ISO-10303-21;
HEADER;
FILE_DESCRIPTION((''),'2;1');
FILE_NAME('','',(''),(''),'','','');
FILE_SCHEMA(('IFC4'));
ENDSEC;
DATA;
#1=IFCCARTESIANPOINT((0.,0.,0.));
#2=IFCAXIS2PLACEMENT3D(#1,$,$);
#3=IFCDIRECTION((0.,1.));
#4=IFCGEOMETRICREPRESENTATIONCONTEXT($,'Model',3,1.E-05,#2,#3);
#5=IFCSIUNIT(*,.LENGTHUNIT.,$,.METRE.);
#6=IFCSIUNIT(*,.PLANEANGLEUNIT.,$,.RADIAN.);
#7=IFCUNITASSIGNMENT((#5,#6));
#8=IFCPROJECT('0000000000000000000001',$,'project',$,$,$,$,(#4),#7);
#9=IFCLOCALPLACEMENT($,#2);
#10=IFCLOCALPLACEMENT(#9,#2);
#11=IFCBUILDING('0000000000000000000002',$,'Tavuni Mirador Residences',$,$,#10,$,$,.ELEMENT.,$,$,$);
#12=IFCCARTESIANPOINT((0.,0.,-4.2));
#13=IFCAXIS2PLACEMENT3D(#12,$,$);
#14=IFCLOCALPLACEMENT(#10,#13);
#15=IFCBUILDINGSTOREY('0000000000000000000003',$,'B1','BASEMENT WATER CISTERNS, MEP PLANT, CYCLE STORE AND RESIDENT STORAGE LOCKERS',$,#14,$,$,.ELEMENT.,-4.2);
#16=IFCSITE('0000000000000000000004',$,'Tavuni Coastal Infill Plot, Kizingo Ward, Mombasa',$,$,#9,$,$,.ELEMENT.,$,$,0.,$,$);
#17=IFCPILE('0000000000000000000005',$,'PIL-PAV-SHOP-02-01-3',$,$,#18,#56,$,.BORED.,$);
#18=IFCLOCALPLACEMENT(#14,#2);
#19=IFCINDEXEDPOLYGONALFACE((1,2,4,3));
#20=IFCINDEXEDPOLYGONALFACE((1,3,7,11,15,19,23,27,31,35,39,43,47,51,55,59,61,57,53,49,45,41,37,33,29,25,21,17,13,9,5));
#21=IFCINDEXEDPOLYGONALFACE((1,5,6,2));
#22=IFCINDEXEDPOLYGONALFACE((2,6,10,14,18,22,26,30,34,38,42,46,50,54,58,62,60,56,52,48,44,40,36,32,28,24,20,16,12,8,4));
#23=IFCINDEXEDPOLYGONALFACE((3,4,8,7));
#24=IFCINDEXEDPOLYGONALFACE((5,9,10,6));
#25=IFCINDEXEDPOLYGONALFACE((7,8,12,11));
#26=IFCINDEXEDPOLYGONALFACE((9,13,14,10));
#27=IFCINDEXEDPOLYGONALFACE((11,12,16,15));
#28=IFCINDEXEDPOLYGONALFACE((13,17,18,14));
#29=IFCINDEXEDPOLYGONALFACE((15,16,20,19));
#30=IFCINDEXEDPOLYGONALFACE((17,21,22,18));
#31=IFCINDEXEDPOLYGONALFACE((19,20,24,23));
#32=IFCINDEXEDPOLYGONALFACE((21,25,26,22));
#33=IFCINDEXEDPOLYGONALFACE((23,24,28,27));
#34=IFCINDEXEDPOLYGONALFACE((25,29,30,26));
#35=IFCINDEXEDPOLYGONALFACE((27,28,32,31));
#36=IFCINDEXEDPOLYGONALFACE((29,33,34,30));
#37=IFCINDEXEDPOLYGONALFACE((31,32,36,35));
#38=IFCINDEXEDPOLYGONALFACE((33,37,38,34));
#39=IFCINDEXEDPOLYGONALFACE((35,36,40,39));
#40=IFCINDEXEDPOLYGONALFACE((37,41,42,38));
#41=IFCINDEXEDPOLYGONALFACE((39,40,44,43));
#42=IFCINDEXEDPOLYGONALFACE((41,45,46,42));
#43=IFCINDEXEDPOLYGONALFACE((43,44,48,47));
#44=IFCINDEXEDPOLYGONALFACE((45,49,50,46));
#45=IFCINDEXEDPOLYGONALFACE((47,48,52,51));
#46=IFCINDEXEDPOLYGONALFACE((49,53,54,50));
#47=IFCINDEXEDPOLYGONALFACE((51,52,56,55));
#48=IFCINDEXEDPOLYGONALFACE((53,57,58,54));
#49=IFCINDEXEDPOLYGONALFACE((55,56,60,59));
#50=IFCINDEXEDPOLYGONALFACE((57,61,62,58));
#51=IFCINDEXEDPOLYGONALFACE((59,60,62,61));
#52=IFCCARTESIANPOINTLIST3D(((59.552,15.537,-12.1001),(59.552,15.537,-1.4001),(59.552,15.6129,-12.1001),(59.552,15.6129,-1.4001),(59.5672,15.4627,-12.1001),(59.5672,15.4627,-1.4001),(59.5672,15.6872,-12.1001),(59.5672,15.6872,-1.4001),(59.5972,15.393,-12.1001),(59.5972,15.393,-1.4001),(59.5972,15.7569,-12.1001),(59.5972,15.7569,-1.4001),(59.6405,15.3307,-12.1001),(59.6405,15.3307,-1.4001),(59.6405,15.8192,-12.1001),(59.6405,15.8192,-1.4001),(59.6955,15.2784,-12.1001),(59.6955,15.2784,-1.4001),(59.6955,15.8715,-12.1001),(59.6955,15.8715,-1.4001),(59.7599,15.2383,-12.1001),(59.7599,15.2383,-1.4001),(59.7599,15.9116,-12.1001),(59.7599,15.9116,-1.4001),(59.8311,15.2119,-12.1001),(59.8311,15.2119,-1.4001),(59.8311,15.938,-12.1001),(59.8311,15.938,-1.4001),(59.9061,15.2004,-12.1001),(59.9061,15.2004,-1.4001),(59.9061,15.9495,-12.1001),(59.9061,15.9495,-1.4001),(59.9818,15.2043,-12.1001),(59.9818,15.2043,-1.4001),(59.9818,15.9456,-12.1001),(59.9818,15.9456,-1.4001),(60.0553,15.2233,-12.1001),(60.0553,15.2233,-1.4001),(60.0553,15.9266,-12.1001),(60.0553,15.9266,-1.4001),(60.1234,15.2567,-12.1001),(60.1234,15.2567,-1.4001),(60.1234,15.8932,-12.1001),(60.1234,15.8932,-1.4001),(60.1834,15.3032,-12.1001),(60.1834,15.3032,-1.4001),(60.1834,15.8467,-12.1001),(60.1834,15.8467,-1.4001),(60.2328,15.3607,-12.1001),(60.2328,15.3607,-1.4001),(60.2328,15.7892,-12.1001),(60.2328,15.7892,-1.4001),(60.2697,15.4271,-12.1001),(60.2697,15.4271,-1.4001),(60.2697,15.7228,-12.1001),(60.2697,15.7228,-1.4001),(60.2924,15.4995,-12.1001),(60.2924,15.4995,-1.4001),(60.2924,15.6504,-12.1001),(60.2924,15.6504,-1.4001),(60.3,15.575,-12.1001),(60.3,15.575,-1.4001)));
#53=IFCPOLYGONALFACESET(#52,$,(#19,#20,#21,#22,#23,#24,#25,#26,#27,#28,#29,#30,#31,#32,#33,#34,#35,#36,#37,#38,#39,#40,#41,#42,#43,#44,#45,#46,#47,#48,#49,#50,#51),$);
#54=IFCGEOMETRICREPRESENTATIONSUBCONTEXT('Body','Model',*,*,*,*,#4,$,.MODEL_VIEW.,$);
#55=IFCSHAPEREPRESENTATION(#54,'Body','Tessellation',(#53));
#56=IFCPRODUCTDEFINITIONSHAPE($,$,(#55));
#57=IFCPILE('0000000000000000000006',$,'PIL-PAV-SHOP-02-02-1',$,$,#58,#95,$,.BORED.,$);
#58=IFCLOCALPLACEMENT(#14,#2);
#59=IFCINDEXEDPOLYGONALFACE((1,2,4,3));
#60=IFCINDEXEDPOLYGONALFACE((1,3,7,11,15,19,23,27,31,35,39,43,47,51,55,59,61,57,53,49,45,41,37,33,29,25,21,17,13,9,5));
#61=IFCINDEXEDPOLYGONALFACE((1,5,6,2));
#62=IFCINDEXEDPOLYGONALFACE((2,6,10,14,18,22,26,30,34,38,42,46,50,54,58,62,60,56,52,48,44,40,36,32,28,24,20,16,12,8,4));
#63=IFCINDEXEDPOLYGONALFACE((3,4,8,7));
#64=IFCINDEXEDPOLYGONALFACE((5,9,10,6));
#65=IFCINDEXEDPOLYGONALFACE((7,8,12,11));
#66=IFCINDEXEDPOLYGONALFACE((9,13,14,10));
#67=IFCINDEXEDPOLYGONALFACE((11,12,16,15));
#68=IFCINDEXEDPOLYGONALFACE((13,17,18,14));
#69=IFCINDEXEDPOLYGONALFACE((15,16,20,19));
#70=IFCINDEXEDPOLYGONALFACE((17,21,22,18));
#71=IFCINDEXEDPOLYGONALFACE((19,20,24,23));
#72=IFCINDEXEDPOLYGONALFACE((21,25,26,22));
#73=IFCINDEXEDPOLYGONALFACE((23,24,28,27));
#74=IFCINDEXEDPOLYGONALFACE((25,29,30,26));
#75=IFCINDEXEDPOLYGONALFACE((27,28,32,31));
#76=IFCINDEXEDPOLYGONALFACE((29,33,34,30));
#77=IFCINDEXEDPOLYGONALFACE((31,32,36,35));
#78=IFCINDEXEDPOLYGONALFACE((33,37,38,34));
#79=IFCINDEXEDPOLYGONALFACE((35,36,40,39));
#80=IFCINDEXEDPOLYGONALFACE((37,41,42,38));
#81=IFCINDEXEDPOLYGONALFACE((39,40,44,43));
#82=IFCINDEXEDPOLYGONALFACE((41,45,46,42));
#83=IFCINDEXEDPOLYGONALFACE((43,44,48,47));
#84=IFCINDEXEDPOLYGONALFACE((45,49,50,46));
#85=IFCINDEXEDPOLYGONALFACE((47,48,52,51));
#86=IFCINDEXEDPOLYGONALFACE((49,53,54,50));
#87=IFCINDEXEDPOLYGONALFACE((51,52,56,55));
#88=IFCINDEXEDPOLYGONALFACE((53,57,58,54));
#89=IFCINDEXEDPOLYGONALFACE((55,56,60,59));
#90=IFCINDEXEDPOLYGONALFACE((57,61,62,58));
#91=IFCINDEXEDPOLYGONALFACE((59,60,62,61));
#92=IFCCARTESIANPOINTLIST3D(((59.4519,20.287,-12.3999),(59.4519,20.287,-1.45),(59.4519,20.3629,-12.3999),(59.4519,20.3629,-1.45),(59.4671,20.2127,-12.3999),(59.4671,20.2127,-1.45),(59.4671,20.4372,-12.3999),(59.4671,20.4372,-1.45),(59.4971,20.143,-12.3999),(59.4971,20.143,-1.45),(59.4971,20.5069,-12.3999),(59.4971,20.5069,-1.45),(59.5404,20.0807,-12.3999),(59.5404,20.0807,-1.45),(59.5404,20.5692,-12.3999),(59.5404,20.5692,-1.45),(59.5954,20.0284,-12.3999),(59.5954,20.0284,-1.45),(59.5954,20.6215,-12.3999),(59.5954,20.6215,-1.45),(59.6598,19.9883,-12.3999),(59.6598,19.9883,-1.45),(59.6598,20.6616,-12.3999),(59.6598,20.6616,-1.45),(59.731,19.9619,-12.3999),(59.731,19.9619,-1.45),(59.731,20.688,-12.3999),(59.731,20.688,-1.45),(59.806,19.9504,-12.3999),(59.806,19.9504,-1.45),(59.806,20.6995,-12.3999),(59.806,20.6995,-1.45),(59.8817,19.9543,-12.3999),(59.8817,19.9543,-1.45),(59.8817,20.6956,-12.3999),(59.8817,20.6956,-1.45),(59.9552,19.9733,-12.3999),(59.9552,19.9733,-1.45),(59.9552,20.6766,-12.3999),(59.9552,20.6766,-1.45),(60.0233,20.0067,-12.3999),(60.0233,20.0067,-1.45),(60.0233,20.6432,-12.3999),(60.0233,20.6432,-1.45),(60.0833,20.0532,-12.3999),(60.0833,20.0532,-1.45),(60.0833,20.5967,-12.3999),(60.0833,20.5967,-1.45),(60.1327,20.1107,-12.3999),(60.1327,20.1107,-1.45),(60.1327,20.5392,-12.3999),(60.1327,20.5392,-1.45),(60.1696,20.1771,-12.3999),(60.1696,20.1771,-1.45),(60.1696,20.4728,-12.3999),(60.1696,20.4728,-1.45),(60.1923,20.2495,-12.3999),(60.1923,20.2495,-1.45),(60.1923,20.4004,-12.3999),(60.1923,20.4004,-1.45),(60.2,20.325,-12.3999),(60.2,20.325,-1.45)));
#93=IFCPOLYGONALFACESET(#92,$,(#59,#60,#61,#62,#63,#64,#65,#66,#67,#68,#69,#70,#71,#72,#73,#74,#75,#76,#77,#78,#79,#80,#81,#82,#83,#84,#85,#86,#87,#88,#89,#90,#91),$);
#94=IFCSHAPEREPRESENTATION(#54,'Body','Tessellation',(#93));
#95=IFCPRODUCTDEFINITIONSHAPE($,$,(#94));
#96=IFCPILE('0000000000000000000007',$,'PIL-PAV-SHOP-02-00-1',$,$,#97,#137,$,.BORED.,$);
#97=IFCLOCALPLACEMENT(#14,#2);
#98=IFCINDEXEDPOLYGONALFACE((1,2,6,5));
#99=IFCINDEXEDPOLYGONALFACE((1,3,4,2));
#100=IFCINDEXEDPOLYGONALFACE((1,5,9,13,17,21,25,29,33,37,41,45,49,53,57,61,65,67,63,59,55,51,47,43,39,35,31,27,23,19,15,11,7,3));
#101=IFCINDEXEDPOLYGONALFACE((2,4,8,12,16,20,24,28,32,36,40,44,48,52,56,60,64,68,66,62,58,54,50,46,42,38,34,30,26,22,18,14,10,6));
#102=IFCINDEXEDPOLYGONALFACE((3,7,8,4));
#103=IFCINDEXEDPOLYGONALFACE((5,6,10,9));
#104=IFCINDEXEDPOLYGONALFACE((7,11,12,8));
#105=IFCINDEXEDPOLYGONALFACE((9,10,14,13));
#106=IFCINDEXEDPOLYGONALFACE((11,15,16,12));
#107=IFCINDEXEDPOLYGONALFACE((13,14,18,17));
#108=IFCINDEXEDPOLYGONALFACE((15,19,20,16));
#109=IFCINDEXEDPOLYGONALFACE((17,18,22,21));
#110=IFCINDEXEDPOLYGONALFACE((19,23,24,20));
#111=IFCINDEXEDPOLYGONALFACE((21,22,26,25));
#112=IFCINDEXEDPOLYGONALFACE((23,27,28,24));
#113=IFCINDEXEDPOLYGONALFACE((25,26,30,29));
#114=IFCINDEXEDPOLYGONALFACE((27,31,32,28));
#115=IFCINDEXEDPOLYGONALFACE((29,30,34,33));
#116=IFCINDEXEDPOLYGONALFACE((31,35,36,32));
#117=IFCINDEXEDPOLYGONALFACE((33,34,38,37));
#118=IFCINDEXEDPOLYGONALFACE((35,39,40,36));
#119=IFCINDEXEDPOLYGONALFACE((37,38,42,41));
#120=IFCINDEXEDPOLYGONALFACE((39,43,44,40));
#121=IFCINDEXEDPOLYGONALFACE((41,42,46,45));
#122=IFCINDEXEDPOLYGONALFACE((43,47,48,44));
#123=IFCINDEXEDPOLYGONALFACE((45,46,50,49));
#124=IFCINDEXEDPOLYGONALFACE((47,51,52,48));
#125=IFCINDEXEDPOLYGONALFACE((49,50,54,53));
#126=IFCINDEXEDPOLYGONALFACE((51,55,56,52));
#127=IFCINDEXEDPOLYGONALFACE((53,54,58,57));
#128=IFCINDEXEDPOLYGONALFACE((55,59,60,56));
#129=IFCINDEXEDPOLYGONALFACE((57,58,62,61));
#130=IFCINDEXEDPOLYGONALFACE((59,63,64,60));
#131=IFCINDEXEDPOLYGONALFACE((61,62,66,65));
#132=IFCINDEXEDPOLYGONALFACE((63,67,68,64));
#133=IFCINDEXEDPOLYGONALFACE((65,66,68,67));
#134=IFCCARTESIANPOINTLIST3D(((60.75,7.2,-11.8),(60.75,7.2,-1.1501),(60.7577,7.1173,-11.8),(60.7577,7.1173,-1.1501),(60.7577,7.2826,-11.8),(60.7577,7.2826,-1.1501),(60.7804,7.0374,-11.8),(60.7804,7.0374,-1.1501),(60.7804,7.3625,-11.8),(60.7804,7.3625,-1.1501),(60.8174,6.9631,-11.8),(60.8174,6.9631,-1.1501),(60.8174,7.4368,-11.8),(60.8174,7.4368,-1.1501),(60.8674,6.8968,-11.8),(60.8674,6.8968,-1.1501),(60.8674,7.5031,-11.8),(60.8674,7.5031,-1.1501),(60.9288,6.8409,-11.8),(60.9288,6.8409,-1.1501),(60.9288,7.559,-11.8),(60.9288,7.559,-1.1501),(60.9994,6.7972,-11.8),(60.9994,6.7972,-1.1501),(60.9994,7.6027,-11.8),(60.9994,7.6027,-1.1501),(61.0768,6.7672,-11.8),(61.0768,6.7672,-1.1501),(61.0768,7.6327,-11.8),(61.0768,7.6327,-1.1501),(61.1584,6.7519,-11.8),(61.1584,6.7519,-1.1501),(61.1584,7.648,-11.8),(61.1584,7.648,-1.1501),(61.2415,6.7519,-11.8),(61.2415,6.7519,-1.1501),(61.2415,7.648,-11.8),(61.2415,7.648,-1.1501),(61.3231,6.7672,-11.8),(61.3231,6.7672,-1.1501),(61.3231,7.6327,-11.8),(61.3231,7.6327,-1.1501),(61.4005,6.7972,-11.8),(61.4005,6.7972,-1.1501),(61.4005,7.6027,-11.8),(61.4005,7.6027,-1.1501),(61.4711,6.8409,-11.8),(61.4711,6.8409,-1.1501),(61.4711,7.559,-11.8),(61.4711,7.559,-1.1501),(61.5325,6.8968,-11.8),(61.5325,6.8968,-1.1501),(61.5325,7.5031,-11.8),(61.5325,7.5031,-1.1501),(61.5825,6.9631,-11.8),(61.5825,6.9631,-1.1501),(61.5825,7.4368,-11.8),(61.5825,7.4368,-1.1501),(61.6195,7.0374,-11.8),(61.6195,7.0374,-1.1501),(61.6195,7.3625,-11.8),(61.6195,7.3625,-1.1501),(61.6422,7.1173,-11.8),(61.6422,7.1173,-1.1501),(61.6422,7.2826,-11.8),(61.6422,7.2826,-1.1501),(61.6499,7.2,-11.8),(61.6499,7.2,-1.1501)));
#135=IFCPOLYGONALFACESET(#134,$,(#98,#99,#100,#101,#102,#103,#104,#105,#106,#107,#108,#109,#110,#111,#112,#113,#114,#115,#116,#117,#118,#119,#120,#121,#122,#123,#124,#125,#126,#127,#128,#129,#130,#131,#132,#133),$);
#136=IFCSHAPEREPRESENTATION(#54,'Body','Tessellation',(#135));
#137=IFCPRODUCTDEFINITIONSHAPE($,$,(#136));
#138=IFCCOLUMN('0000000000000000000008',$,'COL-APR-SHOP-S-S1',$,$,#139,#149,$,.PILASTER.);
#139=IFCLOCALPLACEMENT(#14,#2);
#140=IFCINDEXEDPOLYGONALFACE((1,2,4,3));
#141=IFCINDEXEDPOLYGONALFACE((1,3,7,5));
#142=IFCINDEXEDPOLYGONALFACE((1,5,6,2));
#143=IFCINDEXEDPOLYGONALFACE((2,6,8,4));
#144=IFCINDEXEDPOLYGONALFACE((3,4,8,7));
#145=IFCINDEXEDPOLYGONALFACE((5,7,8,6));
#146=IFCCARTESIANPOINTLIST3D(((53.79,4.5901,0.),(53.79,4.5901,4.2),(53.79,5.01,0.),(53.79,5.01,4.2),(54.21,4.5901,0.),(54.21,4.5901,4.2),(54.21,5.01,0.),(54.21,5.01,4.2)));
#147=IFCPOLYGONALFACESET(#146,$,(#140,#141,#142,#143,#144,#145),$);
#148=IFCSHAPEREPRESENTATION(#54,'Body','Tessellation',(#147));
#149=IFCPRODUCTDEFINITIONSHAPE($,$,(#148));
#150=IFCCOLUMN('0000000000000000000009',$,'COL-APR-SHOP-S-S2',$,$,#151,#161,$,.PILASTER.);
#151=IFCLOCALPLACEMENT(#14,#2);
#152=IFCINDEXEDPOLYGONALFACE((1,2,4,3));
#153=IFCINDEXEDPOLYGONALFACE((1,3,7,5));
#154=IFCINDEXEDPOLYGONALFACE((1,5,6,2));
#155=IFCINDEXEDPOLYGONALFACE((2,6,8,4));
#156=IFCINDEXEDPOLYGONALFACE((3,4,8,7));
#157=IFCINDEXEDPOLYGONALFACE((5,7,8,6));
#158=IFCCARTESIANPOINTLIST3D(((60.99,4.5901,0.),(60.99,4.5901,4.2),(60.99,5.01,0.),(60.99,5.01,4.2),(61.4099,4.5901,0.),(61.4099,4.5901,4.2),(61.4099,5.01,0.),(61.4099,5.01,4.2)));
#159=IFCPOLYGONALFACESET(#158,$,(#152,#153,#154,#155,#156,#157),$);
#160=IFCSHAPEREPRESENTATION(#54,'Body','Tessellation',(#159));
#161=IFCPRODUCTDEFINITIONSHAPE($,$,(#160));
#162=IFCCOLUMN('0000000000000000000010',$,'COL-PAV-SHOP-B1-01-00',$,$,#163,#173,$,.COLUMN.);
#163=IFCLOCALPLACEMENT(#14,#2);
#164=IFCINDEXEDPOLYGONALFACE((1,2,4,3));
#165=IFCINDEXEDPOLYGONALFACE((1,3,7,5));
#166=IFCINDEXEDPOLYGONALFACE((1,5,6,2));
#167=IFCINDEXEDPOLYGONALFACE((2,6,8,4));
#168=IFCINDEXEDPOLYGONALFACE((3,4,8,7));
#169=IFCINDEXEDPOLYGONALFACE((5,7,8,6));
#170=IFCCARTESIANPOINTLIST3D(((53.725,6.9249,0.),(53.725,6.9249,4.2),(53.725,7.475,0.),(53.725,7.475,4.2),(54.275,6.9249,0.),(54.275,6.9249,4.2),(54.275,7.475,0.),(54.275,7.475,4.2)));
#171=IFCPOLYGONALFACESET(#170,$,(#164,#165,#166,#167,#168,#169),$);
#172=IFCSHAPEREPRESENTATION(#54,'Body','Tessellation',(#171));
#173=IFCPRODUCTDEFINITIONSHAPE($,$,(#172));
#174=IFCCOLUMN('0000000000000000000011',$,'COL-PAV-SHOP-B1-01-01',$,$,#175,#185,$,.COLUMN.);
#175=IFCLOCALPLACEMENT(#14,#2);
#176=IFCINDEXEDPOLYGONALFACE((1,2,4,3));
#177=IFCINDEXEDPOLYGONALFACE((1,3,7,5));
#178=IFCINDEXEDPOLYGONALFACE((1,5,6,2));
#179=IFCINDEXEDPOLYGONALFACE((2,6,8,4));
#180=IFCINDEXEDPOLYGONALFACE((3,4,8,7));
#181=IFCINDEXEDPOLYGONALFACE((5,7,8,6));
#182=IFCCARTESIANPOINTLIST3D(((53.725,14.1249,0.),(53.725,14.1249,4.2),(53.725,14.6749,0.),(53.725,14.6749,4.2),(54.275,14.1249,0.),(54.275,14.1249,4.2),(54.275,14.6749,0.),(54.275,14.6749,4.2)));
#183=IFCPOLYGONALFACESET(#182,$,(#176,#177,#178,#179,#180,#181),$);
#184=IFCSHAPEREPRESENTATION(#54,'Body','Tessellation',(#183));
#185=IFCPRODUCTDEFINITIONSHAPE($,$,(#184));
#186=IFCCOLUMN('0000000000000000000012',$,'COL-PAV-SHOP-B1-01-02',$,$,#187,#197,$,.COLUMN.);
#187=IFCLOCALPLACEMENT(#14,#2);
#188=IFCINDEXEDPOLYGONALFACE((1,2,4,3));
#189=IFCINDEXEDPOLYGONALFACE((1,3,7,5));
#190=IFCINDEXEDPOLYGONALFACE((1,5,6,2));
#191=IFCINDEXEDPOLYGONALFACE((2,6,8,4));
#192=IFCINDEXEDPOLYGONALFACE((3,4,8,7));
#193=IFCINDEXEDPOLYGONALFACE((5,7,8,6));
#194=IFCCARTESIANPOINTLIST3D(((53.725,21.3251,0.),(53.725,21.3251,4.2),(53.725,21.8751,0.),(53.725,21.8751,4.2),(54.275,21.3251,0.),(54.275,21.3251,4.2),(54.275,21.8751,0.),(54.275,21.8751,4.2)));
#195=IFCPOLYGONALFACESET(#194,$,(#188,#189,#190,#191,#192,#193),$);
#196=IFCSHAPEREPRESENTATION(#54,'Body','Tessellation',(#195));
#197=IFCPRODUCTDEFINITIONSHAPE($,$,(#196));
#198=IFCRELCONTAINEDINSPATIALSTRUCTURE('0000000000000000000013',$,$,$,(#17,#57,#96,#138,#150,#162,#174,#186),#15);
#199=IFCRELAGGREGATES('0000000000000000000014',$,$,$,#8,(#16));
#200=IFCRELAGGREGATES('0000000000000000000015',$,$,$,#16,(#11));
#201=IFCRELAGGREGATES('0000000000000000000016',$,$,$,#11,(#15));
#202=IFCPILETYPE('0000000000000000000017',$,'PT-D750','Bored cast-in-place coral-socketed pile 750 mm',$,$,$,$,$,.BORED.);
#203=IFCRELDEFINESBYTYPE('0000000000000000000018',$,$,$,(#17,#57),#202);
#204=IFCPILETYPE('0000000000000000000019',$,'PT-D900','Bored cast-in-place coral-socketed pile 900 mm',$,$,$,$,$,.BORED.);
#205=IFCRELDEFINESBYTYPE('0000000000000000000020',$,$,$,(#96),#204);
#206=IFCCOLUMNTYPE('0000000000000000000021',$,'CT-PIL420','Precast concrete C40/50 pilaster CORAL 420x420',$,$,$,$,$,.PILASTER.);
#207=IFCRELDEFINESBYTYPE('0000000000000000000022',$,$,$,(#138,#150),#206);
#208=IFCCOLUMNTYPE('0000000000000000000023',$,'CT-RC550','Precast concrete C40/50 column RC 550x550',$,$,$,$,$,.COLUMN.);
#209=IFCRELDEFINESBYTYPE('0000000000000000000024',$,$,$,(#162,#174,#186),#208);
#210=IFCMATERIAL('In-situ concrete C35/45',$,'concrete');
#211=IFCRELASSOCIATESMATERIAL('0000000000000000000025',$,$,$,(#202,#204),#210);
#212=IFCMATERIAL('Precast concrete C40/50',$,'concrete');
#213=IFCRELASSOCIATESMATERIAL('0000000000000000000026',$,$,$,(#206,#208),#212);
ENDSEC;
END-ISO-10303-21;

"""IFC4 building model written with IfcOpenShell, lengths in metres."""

from ifc_helpers import new_model, si_unit, direction, frame, origin, origin_2d, place, context, subcontext, project, spatial, rectangle, circle, extrude, material, material_profile, profile_set, type_object, element, save


model = new_model("IFC4")

# Units and contexts
model_context = context("Model", 3, precision=1e-05, world=origin(), true_north=direction((0.0, 1.0)))
body_context = subcontext(model_context, "Body", "Model", "MODEL_VIEW")
ifc_project = project(units=[si_unit("LENGTHUNIT", "METRE"), si_unit("PLANEANGLEUNIT", "RADIAN")], contexts=[model_context])

# Site, building, storey
site_placement = place(None, origin())
site = spatial("IfcSite", under=ifc_project, at=site_placement, Name="Tavuni Coastal Infill Plot, Kizingo Ward, Mombasa", CompositionType="ELEMENT", RefElevation=0.0)
building_placement = place(site_placement, origin())
building = spatial("IfcBuilding", under=site, at=building_placement, Name="Tavuni Mirador Residences", CompositionType="ELEMENT")
storey_placement = place(building_placement, frame((0.0, 0.0, -4.2)))
storey = spatial("IfcBuildingStorey", under=building, at=storey_placement, Name="B1", Description="BASEMENT WATER CISTERNS, MEP PLANT, CYCLE STORE AND RESIDENT STORAGE LOCKERS", CompositionType="ELEMENT", Elevation=-4.2)

# Shared definitions
ifc_material_1 = material(Name="In-situ concrete C35/45", Category="concrete")

# Piles
ifc_material_profile_1 = material_profile(ifc_material_1, circle(Radius=0.375, at=origin_2d()), Name="PILE D750", Category="concrete")
ifc_profile_set_1 = profile_set([ifc_material_profile_1], Name="In-situ concrete C35/45")
pile_type_1 = type_object("IfcPileType", Name="PT-D750", Description="Bored cast-in-place coral-socketed pile 750 mm", PredefinedType="BORED", material=ifc_profile_set_1)
for number, where, z_axis, x_axis, name in (
    (1, (59.925, 15.575, -1.4001), (0.0, 0.0, -1.0), (1.0, 0.0, 0.0), "PIL-PAV-SHOP-02-01-3"),
):
    element("IfcPile", number, at=place(storey_placement, frame(where, z_axis=z_axis, x_axis=x_axis)), inside=storey, type_object=pile_type_1, Name=name, PredefinedType="BORED", context=body_context, shape_type="SweptSolid", body=[
        extrude(circle(Radius=0.375, at=origin_2d()), origin(), (0.0, 0.0, 1.0), 10.7),
    ])
pile_1_placement = place(storey_placement, frame((59.825, 20.325, -1.45), z_axis=(0.0, 0.0, -1.0), x_axis=(1.0, 0.0, 0.0)))
element("IfcPile", 2, at=pile_1_placement, inside=storey, type_object=pile_type_1, Name="PIL-PAV-SHOP-02-02-1", PredefinedType="BORED", context=body_context, shape_type="SweptSolid", body=[
    extrude(circle(Radius=0.375, at=origin_2d()), origin(), (0.0, 0.0, 1.0), 10.95),
])
ifc_material_profile_2 = material_profile(ifc_material_1, circle(Radius=0.45, at=origin_2d()), Name="PILE D900", Category="concrete")
ifc_profile_set_2 = profile_set([ifc_material_profile_2], Name="In-situ concrete C35/45")
pile_type_2 = type_object("IfcPileType", Name="PT-D900", Description="Bored cast-in-place coral-socketed pile 900 mm", PredefinedType="BORED", material=ifc_profile_set_2)
pile_2_placement = place(storey_placement, frame((61.2, 7.2, -1.1501), z_axis=(0.0, 0.0, -1.0), x_axis=(1.0, 0.0, 0.0)))
element("IfcPile", 3, at=pile_2_placement, inside=storey, type_object=pile_type_2, Name="PIL-PAV-SHOP-02-00-1", PredefinedType="BORED", context=body_context, shape_type="SweptSolid", body=[
    extrude(circle(Radius=0.45, at=origin_2d()), origin(), (0.0, 0.0, 1.0), 10.6499),
])

# Columns
ifc_material_2 = material(Name="Precast concrete C40/50", Category="concrete")
ifc_material_profile_3 = material_profile(ifc_material_2, rectangle(XDim=0.4199, YDim=0.4199, at=origin_2d()), Name="CORAL 420x420", Category="concrete")
ifc_profile_set_3 = profile_set([ifc_material_profile_3], Name="Precast concrete C40/50")
column_type_1 = type_object("IfcColumnType", Name="CT-PIL420", Description="Precast concrete C40/50 pilaster CORAL 420x420", PredefinedType="PILASTER", material=ifc_profile_set_3)
for number, where, z_axis, x_axis, name in (
    (4, (54.0, 4.8, 0.0), (0.0, 0.0, 1.0), (1.0, 0.0, 0.0), "COL-APR-SHOP-S-S1"),
    (5, (61.2, 4.8, 0.0), (0.0, 0.0, 1.0), (1.0, 0.0, 0.0), "COL-APR-SHOP-S-S2"),
):
    element("IfcColumn", number, at=place(storey_placement, frame(where, z_axis=z_axis, x_axis=x_axis)), inside=storey, type_object=column_type_1, Name=name, PredefinedType="PILASTER", context=body_context, shape_type="SweptSolid", body=[
        extrude(rectangle(XDim=0.4199, YDim=0.4199, at=origin_2d()), origin(), (0.0, 0.0, 1.0), 4.2),
    ])
ifc_material_profile_4 = material_profile(ifc_material_2, rectangle(XDim=0.55, YDim=0.55, at=origin_2d()), Name="RC 550x550", Category="concrete")
ifc_profile_set_4 = profile_set([ifc_material_profile_4], Name="Precast concrete C40/50")
column_type_2 = type_object("IfcColumnType", Name="CT-RC550", Description="Precast concrete C40/50 column RC 550x550", PredefinedType="COLUMN", material=ifc_profile_set_4)
for number, where, z_axis, x_axis, name in (
    (6, (54.0, 7.2, 0.0), (0.0, 0.0, 1.0), (1.0, 0.0, 0.0), "COL-PAV-SHOP-B1-01-00"),
    (7, (54.0, 14.3999, 0.0), (0.0, 0.0, 1.0), (1.0, 0.0, 0.0), "COL-PAV-SHOP-B1-01-01"),
    (8, (54.0, 21.6001, 0.0), (0.0, 0.0, 1.0), (1.0, 0.0, 0.0), "COL-PAV-SHOP-B1-01-02"),
):
    element("IfcColumn", number, at=place(storey_placement, frame(where, z_axis=z_axis, x_axis=x_axis)), inside=storey, type_object=column_type_2, Name=name, PredefinedType="COLUMN", context=body_context, shape_type="SweptSolid", body=[
        extrude(rectangle(XDim=0.55, YDim=0.55, at=origin_2d()), origin(), (0.0, 0.0, 1.0), 4.2),
    ])

save(model, "model.ifc")
